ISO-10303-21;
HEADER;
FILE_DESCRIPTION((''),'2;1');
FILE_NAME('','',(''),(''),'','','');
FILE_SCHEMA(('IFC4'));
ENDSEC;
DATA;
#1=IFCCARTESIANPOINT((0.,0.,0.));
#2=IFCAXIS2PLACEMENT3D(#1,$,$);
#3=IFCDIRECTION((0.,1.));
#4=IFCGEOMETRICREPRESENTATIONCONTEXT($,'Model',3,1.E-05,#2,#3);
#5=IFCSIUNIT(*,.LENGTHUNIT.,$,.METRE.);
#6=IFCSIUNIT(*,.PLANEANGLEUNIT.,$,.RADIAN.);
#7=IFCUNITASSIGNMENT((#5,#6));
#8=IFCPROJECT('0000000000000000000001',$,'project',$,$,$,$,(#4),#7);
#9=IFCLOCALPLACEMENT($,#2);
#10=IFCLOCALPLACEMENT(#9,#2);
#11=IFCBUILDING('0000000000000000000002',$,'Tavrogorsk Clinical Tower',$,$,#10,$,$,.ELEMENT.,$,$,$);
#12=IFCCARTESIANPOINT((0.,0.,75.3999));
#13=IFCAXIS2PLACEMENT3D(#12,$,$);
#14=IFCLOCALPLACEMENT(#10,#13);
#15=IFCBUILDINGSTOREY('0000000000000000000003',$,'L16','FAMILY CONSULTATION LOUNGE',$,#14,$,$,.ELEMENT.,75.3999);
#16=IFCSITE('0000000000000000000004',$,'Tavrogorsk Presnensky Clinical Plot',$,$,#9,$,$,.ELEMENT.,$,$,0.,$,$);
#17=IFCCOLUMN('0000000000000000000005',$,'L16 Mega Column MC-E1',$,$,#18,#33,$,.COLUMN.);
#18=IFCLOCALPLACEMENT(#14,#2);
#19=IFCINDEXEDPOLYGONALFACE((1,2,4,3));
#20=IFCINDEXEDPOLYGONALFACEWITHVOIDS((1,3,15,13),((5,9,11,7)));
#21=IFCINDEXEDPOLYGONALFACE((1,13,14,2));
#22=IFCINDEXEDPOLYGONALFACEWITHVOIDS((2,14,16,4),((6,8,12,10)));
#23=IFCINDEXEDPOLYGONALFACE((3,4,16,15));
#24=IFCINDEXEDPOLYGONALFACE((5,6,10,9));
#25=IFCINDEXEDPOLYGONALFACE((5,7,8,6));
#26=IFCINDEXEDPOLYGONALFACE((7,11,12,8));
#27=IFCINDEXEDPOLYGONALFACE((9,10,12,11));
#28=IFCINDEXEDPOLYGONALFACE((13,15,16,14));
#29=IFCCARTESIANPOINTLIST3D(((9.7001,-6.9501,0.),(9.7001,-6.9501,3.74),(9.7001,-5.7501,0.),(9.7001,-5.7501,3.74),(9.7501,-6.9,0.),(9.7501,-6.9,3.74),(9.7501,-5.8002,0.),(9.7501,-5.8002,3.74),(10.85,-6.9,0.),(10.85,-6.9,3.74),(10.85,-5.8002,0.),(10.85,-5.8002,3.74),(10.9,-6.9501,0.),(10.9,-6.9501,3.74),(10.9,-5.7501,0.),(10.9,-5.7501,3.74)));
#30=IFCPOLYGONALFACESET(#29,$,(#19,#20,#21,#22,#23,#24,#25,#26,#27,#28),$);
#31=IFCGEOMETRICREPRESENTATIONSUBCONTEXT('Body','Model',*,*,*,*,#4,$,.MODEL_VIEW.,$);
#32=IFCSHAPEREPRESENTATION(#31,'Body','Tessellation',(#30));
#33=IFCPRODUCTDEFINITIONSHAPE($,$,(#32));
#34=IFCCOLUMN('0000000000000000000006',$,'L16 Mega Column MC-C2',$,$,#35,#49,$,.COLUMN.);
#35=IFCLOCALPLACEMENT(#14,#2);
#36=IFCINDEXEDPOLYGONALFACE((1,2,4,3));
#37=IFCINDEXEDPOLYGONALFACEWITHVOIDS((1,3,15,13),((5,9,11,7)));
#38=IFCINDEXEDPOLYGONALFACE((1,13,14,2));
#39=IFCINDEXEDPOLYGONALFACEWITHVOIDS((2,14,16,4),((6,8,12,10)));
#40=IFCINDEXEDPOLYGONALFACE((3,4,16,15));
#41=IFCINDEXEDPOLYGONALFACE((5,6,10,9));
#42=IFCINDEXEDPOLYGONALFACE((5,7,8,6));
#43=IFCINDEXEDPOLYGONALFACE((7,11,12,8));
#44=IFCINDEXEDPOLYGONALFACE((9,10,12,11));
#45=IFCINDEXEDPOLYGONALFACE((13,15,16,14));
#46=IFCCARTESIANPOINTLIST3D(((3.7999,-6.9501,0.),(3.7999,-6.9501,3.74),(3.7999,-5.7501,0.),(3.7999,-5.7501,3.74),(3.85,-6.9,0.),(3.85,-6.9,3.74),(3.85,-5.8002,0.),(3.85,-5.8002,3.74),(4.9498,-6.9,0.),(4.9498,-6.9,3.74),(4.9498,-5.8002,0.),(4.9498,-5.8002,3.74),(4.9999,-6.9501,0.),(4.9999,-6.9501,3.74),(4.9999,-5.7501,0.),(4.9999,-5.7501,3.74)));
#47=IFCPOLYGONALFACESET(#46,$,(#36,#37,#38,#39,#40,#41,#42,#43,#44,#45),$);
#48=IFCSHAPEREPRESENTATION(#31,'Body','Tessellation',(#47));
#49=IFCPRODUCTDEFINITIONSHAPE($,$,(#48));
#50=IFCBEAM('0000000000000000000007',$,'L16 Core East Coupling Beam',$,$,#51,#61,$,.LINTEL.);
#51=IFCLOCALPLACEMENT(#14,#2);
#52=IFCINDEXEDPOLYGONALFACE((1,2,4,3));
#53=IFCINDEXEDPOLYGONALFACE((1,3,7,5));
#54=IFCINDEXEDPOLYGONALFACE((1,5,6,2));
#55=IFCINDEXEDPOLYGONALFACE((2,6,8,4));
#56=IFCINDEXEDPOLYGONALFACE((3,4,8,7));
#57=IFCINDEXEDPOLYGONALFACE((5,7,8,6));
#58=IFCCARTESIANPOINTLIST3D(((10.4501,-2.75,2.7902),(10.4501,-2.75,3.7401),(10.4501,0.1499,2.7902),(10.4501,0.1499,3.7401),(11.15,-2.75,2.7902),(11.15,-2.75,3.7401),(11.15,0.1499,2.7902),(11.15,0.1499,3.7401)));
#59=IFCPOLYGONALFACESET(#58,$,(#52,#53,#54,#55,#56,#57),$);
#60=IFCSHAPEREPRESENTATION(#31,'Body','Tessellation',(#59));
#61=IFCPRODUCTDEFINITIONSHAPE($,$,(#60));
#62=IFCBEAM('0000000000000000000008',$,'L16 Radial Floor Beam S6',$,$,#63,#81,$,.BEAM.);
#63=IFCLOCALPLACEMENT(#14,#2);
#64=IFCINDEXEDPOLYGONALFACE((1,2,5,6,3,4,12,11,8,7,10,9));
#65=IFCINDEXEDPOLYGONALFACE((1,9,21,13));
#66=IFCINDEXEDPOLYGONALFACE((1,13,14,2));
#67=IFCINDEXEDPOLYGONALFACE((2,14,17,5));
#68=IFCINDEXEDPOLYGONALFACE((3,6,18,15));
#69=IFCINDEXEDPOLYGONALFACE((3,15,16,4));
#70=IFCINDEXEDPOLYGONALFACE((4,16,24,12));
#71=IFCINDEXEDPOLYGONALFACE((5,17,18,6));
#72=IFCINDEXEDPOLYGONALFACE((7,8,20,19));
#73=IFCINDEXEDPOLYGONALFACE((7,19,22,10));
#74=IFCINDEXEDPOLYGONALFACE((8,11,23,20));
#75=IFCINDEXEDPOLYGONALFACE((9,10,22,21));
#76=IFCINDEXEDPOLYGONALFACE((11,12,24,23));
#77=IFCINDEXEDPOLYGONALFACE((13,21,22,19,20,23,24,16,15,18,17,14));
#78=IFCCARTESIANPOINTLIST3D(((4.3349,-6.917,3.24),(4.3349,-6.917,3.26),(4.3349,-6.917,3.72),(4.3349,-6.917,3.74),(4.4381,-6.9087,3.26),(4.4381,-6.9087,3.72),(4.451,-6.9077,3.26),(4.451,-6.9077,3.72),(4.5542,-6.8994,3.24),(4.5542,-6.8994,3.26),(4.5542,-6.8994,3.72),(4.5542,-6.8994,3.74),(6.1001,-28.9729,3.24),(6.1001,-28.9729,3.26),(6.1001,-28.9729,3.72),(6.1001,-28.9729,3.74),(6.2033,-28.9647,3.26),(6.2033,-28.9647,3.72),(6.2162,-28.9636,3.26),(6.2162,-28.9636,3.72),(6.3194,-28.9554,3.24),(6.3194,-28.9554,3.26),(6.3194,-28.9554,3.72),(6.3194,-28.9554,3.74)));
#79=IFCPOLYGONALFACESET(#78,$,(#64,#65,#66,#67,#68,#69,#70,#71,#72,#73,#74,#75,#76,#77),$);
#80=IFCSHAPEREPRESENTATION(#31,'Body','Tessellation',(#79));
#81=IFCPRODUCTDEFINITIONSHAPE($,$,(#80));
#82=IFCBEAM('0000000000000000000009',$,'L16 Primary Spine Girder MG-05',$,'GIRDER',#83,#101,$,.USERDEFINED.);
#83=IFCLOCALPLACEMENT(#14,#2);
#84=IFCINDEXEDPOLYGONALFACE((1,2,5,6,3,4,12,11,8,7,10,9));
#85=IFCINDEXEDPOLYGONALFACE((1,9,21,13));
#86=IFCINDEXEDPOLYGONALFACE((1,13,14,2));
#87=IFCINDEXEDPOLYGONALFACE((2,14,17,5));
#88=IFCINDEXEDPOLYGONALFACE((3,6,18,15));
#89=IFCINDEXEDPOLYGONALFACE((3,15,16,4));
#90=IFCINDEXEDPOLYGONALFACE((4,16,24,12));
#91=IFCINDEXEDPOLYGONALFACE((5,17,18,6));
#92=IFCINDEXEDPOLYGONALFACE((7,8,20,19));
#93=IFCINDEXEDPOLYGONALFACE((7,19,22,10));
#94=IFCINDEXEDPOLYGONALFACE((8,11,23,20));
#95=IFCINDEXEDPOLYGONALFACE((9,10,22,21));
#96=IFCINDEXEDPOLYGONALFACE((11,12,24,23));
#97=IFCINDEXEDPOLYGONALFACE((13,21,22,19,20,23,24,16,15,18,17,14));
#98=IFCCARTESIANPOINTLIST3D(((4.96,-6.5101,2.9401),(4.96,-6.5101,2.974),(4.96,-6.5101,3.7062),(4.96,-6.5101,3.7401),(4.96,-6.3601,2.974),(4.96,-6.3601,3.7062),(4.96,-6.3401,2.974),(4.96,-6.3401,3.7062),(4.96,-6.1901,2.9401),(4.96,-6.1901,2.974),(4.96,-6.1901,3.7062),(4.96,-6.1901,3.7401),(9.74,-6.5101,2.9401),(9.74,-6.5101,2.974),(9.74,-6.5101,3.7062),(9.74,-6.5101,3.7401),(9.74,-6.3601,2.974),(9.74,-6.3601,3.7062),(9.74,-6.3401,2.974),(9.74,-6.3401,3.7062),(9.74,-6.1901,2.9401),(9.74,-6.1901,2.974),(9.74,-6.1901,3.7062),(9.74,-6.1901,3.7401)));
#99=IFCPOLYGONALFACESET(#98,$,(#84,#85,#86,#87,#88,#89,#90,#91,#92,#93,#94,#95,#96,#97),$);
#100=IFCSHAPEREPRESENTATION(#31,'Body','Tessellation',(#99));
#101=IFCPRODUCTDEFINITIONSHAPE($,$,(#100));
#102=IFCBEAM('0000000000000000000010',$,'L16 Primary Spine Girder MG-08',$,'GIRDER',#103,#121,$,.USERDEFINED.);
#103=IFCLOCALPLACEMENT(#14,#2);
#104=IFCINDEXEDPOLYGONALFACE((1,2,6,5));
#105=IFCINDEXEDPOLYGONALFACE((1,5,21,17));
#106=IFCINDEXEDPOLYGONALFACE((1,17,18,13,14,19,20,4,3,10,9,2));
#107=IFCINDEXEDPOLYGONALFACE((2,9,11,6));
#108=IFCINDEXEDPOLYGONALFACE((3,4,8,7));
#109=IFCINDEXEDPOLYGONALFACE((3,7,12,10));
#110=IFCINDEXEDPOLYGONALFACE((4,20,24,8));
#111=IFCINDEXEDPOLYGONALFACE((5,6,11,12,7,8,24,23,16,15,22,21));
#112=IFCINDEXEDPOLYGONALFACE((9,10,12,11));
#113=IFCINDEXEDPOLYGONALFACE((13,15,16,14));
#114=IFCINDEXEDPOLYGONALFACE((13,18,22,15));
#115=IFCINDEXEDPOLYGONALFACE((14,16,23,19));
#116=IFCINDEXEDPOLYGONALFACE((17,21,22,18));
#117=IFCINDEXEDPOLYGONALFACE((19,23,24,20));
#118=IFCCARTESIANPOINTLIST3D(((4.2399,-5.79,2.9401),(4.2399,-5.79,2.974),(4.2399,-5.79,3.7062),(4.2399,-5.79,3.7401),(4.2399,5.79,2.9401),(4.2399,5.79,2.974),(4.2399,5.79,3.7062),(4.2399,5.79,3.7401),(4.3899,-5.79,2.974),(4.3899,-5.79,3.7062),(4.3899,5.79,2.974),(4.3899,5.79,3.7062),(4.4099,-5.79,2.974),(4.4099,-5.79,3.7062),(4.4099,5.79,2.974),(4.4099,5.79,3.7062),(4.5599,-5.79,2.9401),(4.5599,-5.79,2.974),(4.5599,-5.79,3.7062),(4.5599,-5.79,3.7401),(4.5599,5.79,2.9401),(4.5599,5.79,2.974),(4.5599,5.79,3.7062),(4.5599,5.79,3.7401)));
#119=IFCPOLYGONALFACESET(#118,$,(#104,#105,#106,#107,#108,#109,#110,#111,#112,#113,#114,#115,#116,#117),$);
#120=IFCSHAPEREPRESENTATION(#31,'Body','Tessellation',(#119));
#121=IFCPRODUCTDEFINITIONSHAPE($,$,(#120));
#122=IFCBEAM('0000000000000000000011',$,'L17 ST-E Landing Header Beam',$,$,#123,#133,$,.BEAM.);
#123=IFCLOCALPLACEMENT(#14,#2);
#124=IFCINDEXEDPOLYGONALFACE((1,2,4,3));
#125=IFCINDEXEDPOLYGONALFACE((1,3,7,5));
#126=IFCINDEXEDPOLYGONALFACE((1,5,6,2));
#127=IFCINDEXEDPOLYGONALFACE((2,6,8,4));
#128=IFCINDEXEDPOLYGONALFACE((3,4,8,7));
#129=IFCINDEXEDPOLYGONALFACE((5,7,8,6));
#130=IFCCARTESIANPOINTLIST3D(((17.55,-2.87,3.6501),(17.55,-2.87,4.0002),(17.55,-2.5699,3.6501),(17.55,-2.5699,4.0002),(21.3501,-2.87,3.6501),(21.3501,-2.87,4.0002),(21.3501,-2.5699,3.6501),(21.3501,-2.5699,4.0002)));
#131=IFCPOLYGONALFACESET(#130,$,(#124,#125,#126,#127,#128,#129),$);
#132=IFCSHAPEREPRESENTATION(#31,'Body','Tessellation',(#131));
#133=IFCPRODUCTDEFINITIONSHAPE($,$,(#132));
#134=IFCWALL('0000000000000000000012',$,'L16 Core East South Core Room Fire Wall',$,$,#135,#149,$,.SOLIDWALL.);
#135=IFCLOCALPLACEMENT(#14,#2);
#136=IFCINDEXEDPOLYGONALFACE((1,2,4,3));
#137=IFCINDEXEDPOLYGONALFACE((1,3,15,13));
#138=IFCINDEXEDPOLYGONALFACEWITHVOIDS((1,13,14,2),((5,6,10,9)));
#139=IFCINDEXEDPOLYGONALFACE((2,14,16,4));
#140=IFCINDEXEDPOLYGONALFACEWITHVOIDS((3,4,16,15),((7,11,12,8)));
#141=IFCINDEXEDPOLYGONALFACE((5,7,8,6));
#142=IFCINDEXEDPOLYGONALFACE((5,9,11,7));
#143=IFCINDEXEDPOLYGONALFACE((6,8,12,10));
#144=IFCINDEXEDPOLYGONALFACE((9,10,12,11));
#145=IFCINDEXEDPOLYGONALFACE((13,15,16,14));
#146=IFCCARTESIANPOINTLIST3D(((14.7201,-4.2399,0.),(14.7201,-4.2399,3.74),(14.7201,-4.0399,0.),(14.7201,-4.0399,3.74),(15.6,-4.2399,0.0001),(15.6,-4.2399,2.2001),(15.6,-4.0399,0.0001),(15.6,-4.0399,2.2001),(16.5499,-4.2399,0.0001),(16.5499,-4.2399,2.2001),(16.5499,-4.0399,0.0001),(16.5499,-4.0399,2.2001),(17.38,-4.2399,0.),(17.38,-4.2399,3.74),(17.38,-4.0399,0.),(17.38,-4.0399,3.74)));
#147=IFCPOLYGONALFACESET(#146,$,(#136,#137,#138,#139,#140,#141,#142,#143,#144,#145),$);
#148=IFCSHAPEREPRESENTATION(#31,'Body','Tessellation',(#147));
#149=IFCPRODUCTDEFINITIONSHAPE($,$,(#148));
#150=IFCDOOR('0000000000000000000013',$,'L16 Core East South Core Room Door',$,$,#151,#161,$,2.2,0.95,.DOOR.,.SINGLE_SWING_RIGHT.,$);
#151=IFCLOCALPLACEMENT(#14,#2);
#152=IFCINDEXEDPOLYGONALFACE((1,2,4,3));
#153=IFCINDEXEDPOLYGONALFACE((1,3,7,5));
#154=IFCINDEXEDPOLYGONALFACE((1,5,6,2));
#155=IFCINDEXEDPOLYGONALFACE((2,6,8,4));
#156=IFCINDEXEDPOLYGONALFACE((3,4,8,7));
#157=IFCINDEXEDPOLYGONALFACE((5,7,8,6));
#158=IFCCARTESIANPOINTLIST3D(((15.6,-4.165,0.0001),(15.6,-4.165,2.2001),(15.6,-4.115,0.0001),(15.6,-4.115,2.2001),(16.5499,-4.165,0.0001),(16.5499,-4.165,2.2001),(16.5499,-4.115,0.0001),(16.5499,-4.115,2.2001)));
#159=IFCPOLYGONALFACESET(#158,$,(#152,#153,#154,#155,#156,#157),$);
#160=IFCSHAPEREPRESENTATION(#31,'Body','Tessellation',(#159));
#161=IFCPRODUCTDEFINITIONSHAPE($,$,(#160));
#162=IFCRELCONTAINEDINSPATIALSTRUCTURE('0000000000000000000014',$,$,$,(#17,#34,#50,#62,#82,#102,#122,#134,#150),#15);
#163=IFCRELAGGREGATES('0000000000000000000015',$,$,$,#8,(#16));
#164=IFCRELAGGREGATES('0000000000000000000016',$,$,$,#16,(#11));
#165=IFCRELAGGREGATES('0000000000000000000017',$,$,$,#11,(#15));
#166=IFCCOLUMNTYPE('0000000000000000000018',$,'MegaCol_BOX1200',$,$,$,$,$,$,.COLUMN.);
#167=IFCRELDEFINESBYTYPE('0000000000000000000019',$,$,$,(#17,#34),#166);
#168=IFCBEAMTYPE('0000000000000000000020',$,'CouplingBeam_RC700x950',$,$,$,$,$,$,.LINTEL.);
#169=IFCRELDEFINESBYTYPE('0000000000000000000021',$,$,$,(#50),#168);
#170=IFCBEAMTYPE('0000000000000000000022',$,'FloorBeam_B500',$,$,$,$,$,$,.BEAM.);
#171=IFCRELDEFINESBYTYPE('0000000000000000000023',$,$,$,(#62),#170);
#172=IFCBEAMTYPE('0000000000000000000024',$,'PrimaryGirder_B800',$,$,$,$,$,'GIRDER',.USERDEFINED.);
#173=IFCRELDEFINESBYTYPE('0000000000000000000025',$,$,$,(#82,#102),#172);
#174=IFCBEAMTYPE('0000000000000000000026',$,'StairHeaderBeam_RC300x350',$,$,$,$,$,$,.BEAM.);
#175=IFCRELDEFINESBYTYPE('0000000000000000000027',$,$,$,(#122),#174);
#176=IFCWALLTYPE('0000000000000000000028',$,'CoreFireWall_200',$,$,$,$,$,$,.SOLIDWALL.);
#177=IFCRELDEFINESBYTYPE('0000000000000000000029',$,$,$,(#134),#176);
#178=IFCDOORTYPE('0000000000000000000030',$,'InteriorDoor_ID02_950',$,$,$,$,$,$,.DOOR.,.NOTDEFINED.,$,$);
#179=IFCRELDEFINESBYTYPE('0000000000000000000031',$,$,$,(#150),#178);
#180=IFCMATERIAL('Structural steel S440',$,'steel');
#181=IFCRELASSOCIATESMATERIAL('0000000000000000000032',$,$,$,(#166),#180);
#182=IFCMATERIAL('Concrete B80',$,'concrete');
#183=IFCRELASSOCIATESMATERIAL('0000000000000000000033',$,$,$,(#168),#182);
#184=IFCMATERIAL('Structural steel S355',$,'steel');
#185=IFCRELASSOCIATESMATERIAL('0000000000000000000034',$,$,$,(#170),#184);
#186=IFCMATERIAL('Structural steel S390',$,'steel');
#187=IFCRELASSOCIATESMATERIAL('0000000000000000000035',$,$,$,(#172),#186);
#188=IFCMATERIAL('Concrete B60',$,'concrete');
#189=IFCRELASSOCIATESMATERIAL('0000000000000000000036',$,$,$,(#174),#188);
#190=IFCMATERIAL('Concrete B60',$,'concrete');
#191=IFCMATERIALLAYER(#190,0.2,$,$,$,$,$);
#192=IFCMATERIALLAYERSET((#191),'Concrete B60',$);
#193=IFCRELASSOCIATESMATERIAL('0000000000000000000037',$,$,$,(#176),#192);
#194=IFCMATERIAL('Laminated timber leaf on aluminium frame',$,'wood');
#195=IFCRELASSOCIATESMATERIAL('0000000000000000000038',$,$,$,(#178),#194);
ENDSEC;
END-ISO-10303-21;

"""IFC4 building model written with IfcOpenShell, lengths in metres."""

from ifc_helpers import new_model, si_unit, direction, frame, frame_2d, origin, origin_2d, place, context, subcontext, project, spatial, rectangle, hollow_rectangle, i_section, extrude, material, layer, layer_set, material_profile, profile_set, type_object, element, fill, save


model = new_model("IFC4")

# Units and contexts
model_context = context("Model", 3, precision=1e-05, world=origin(), true_north=direction((0.0, 1.0)))
body_context = subcontext(model_context, "Body", "Model", "MODEL_VIEW")
ifc_project = project(units=[si_unit("LENGTHUNIT", "METRE"), si_unit("PLANEANGLEUNIT", "RADIAN")], contexts=[model_context])

# Site, building, storey
site_placement = place(None, origin())
site = spatial("IfcSite", under=ifc_project, at=site_placement, Name="Tavrogorsk Presnensky Clinical Plot", CompositionType="ELEMENT", RefElevation=0.0)
building_placement = place(site_placement, origin())
building = spatial("IfcBuilding", under=site, at=building_placement, Name="Tavrogorsk Clinical Tower", CompositionType="ELEMENT")
storey_placement = place(building_placement, frame((0.0, 0.0, 75.3999)))
storey = spatial("IfcBuildingStorey", under=building, at=storey_placement, Name="L16", Description="FAMILY CONSULTATION LOUNGE", CompositionType="ELEMENT", Elevation=75.3999)

# Columns
ifc_material_1 = material(Name="Structural steel S440", Category="steel")
ifc_material_profile_1 = material_profile(ifc_material_1, hollow_rectangle(XDim=1.2, YDim=1.2, WallThickness=0.05, at=origin_2d()), Name="BOX-1200x1200x50")
ifc_profile_set_1 = profile_set([ifc_material_profile_1], Name="Structural steel S440")
column_type = type_object("IfcColumnType", Name="MegaCol_BOX1200", PredefinedType="COLUMN", material=ifc_profile_set_1)
for number, where, z_axis, x_axis, name in (
    (1, (10.3, -6.3501, 0.0), (0.0, 0.0, 1.0), (1.0, 0.0, 0.0), "L16 Mega Column MC-E1"),
    (2, (4.3999, -6.3501, 0.0), (0.0, 0.0, 1.0), (1.0, 0.0, 0.0), "L16 Mega Column MC-C2"),
):
    element("IfcColumn", number, at=place(storey_placement, frame(where, z_axis=z_axis, x_axis=x_axis)), inside=storey, type_object=column_type, Name=name, PredefinedType="COLUMN", context=body_context, shape_type="SweptSolid", body=[
        extrude(hollow_rectangle(XDim=1.2, YDim=1.2, WallThickness=0.05, at=origin_2d()), origin(), (0.0, 0.0, 1.0), 3.74),
    ])

# Beams
ifc_material_2 = material(Name="Concrete B80", Category="concrete")
ifc_material_profile_2 = material_profile(ifc_material_2, rectangle(XDim=0.7, YDim=0.95, at=origin_2d()), Name="RC-CB-700x950")
ifc_profile_set_2 = profile_set([ifc_material_profile_2], Name="Concrete B80")
beam_type_1 = type_object("IfcBeamType", Name="CouplingBeam_RC700x950", PredefinedType="LINTEL", material=ifc_profile_set_2)
beam_1_placement = place(storey_placement, frame((10.8, -2.75, 3.2651), z_axis=(0.0, 1.0, 0.0), x_axis=(-1.0, 0.0, 0.0)))
element("IfcBeam", 3, at=beam_1_placement, inside=storey, type_object=beam_type_1, Name="L16 Core East Coupling Beam", PredefinedType="LINTEL", context=body_context, shape_type="SweptSolid", body=[
    extrude(rectangle(XDim=0.7, YDim=0.95, at=origin_2d()), origin(), (0.0, 0.0, 1.0), 2.8999),
])
ifc_material_3 = material(Name="Structural steel S355", Category="steel")
ifc_material_profile_3 = material_profile(ifc_material_3, i_section(OverallWidth=0.22, OverallDepth=0.5, WebThickness=0.0129, FlangeThickness=0.02, at=origin_2d()), Name="B-500x220x13x20")
ifc_profile_set_3 = profile_set([ifc_material_profile_3], Name="Structural steel S355")
beam_type_2 = type_object("IfcBeamType", Name="FloorBeam_B500", PredefinedType="BEAM", material=ifc_profile_set_3)
beam_2_placement = place(storey_placement, frame((4.4446, -6.9082, 3.49), z_axis=(0.079775, -0.996813, 0.0), x_axis=(0.996813, 0.079775, 0.0)))
element("IfcBeam", 4, at=beam_2_placement, inside=storey, type_object=beam_type_2, Name="L16 Radial Floor Beam S6", PredefinedType="BEAM", context=body_context, shape_type="SweptSolid", body=[
    extrude(i_section(OverallWidth=0.22, OverallDepth=0.5, WebThickness=0.0129, FlangeThickness=0.02, at=origin_2d()), origin(), (0.0, 0.0, 1.0), 22.1265),
])
ifc_material_4 = material(Name="Structural steel S390", Category="steel")
ifc_material_profile_4 = material_profile(ifc_material_4, i_section(OverallWidth=0.3201, OverallDepth=0.8, WebThickness=0.02, FlangeThickness=0.0339, at=origin_2d()), Name="B-800x320x20x34")
ifc_profile_set_4 = profile_set([ifc_material_profile_4], Name="Structural steel S390")
beam_type_3 = type_object("IfcBeamType", Name="PrimaryGirder_B800", ElementType="GIRDER", PredefinedType="USERDEFINED", material=ifc_profile_set_4)
beam_3_placement = place(storey_placement, frame((4.96, -6.3501, 3.3401), z_axis=(1.0, 0.0, 0.0), x_axis=(0.0, 1.0, 0.0)))
element("IfcBeam", 5, at=beam_3_placement, inside=storey, type_object=beam_type_3, Name="L16 Primary Spine Girder MG-05", ObjectType="GIRDER", PredefinedType="USERDEFINED", context=body_context, shape_type="SweptSolid", body=[
    extrude(i_section(OverallWidth=0.3201, OverallDepth=0.8, WebThickness=0.02, FlangeThickness=0.0339, at=origin_2d()), origin(), (0.0, 0.0, 1.0), 4.78),
])
beam_4_placement = place(storey_placement, frame((4.3999, -5.79, 3.3401), z_axis=(0.0, 1.0, 0.0), x_axis=(-1.0, 0.0, 0.0)))
element("IfcBeam", 6, at=beam_4_placement, inside=storey, type_object=beam_type_3, Name="L16 Primary Spine Girder MG-08", ObjectType="GIRDER", PredefinedType="USERDEFINED", context=body_context, shape_type="SweptSolid", body=[
    extrude(i_section(OverallWidth=0.3201, OverallDepth=0.8, WebThickness=0.02, FlangeThickness=0.0339, at=origin_2d()), origin(), (0.0, 0.0, 1.0), 11.5801),
])
ifc_material_5 = material(Name="Concrete B60", Category="concrete")
ifc_material_profile_5 = material_profile(ifc_material_5, rectangle(XDim=0.3, YDim=0.3501, at=origin_2d()), Name="RC-SHB-300x350")
ifc_profile_set_5 = profile_set([ifc_material_profile_5], Name="Concrete B60")
beam_type_4 = type_object("IfcBeamType", Name="StairHeaderBeam_RC300x350", PredefinedType="BEAM", material=ifc_profile_set_5)
beam_5_placement = place(storey_placement, frame((17.55, -2.72, 3.8252), z_axis=(1.0, 0.0, 0.0), x_axis=(0.0, 1.0, 0.0)))
element("IfcBeam", 7, at=beam_5_placement, inside=storey, type_object=beam_type_4, Name="L17 ST-E Landing Header Beam", PredefinedType="BEAM", context=body_context, shape_type="SweptSolid", body=[
    extrude(rectangle(XDim=0.3, YDim=0.3501, at=origin_2d()), origin(), (0.0, 0.0, 1.0), 3.8),
])

# Wall, opening, door
ifc_material_6 = material(Name="Concrete B60", Category="concrete")
ifc_layer_1 = layer(ifc_material_6, 0.2)
ifc_layer_set_1 = layer_set([ifc_layer_1], Name="Concrete B60")
wall_type_1 = type_object("IfcWallType", Name="CoreFireWall_200", PredefinedType="SOLIDWALL", material=ifc_layer_set_1)
wall_1_placement = place(storey_placement, frame((14.72, -4.1399, 0.0), z_axis=(0.0, 0.0, 1.0), x_axis=(1.0, 0.0, 0.0)))
wall_1 = element("IfcWall", 8, at=wall_1_placement, inside=storey, type_object=wall_type_1, Name="L16 Core East South Core Room Fire Wall", PredefinedType="SOLIDWALL", context=body_context, shape_type="SweptSolid", body=[
    extrude(rectangle(XDim=2.6599, YDim=0.2, at=frame_2d((1.3301, 0.0))), origin(), (0.0, 0.0, 1.0), 3.74),
])
opening_1_placement = place(wall_1_placement, frame((0.8799, 0.0, 0.0)))
opening_1 = element("IfcOpeningElement", 9, at=opening_1_placement, cuts=wall_1, PredefinedType="OPENING", context=body_context, shape_type="SweptSolid", body=[
    extrude(rectangle(XDim=0.95, YDim=2.2, at=frame_2d((0.4751, 1.1001))), frame((0.0, 0.1099, 0.0), z_axis=(0.0, -1.0, 0.0), x_axis=(1.0, 0.0, 0.0)), (0.0, 0.0, 1.0), 0.22),
])
ifc_material_7 = material(Name="Laminated timber leaf on aluminium frame", Category="wood")
door_type_1 = type_object("IfcDoorType", Name="InteriorDoor_ID02_950", OperationType="NOTDEFINED", PredefinedType="DOOR", material=ifc_material_7)
door_1_placement = place(opening_1_placement, origin())
door_1 = element("IfcDoor", 10, at=door_1_placement, inside=storey, type_object=door_type_1, Name="L16 Core East South Core Room Door", OperationType="SINGLE_SWING_RIGHT", OverallHeight=2.2, OverallWidth=0.95, PredefinedType="DOOR", context=body_context, shape_type="SweptSolid", body=[
    extrude(rectangle(XDim=0.95, YDim=2.2, at=frame_2d((0.4751, 1.1001))), frame((0.0, 0.0249, 0.0), z_axis=(0.0, -1.0, 0.0), x_axis=(1.0, 0.0, 0.0)), (0.0, 0.0, 1.0), 0.05),
])
fill(opening_1, door_1)

save(model, "model.ifc")
